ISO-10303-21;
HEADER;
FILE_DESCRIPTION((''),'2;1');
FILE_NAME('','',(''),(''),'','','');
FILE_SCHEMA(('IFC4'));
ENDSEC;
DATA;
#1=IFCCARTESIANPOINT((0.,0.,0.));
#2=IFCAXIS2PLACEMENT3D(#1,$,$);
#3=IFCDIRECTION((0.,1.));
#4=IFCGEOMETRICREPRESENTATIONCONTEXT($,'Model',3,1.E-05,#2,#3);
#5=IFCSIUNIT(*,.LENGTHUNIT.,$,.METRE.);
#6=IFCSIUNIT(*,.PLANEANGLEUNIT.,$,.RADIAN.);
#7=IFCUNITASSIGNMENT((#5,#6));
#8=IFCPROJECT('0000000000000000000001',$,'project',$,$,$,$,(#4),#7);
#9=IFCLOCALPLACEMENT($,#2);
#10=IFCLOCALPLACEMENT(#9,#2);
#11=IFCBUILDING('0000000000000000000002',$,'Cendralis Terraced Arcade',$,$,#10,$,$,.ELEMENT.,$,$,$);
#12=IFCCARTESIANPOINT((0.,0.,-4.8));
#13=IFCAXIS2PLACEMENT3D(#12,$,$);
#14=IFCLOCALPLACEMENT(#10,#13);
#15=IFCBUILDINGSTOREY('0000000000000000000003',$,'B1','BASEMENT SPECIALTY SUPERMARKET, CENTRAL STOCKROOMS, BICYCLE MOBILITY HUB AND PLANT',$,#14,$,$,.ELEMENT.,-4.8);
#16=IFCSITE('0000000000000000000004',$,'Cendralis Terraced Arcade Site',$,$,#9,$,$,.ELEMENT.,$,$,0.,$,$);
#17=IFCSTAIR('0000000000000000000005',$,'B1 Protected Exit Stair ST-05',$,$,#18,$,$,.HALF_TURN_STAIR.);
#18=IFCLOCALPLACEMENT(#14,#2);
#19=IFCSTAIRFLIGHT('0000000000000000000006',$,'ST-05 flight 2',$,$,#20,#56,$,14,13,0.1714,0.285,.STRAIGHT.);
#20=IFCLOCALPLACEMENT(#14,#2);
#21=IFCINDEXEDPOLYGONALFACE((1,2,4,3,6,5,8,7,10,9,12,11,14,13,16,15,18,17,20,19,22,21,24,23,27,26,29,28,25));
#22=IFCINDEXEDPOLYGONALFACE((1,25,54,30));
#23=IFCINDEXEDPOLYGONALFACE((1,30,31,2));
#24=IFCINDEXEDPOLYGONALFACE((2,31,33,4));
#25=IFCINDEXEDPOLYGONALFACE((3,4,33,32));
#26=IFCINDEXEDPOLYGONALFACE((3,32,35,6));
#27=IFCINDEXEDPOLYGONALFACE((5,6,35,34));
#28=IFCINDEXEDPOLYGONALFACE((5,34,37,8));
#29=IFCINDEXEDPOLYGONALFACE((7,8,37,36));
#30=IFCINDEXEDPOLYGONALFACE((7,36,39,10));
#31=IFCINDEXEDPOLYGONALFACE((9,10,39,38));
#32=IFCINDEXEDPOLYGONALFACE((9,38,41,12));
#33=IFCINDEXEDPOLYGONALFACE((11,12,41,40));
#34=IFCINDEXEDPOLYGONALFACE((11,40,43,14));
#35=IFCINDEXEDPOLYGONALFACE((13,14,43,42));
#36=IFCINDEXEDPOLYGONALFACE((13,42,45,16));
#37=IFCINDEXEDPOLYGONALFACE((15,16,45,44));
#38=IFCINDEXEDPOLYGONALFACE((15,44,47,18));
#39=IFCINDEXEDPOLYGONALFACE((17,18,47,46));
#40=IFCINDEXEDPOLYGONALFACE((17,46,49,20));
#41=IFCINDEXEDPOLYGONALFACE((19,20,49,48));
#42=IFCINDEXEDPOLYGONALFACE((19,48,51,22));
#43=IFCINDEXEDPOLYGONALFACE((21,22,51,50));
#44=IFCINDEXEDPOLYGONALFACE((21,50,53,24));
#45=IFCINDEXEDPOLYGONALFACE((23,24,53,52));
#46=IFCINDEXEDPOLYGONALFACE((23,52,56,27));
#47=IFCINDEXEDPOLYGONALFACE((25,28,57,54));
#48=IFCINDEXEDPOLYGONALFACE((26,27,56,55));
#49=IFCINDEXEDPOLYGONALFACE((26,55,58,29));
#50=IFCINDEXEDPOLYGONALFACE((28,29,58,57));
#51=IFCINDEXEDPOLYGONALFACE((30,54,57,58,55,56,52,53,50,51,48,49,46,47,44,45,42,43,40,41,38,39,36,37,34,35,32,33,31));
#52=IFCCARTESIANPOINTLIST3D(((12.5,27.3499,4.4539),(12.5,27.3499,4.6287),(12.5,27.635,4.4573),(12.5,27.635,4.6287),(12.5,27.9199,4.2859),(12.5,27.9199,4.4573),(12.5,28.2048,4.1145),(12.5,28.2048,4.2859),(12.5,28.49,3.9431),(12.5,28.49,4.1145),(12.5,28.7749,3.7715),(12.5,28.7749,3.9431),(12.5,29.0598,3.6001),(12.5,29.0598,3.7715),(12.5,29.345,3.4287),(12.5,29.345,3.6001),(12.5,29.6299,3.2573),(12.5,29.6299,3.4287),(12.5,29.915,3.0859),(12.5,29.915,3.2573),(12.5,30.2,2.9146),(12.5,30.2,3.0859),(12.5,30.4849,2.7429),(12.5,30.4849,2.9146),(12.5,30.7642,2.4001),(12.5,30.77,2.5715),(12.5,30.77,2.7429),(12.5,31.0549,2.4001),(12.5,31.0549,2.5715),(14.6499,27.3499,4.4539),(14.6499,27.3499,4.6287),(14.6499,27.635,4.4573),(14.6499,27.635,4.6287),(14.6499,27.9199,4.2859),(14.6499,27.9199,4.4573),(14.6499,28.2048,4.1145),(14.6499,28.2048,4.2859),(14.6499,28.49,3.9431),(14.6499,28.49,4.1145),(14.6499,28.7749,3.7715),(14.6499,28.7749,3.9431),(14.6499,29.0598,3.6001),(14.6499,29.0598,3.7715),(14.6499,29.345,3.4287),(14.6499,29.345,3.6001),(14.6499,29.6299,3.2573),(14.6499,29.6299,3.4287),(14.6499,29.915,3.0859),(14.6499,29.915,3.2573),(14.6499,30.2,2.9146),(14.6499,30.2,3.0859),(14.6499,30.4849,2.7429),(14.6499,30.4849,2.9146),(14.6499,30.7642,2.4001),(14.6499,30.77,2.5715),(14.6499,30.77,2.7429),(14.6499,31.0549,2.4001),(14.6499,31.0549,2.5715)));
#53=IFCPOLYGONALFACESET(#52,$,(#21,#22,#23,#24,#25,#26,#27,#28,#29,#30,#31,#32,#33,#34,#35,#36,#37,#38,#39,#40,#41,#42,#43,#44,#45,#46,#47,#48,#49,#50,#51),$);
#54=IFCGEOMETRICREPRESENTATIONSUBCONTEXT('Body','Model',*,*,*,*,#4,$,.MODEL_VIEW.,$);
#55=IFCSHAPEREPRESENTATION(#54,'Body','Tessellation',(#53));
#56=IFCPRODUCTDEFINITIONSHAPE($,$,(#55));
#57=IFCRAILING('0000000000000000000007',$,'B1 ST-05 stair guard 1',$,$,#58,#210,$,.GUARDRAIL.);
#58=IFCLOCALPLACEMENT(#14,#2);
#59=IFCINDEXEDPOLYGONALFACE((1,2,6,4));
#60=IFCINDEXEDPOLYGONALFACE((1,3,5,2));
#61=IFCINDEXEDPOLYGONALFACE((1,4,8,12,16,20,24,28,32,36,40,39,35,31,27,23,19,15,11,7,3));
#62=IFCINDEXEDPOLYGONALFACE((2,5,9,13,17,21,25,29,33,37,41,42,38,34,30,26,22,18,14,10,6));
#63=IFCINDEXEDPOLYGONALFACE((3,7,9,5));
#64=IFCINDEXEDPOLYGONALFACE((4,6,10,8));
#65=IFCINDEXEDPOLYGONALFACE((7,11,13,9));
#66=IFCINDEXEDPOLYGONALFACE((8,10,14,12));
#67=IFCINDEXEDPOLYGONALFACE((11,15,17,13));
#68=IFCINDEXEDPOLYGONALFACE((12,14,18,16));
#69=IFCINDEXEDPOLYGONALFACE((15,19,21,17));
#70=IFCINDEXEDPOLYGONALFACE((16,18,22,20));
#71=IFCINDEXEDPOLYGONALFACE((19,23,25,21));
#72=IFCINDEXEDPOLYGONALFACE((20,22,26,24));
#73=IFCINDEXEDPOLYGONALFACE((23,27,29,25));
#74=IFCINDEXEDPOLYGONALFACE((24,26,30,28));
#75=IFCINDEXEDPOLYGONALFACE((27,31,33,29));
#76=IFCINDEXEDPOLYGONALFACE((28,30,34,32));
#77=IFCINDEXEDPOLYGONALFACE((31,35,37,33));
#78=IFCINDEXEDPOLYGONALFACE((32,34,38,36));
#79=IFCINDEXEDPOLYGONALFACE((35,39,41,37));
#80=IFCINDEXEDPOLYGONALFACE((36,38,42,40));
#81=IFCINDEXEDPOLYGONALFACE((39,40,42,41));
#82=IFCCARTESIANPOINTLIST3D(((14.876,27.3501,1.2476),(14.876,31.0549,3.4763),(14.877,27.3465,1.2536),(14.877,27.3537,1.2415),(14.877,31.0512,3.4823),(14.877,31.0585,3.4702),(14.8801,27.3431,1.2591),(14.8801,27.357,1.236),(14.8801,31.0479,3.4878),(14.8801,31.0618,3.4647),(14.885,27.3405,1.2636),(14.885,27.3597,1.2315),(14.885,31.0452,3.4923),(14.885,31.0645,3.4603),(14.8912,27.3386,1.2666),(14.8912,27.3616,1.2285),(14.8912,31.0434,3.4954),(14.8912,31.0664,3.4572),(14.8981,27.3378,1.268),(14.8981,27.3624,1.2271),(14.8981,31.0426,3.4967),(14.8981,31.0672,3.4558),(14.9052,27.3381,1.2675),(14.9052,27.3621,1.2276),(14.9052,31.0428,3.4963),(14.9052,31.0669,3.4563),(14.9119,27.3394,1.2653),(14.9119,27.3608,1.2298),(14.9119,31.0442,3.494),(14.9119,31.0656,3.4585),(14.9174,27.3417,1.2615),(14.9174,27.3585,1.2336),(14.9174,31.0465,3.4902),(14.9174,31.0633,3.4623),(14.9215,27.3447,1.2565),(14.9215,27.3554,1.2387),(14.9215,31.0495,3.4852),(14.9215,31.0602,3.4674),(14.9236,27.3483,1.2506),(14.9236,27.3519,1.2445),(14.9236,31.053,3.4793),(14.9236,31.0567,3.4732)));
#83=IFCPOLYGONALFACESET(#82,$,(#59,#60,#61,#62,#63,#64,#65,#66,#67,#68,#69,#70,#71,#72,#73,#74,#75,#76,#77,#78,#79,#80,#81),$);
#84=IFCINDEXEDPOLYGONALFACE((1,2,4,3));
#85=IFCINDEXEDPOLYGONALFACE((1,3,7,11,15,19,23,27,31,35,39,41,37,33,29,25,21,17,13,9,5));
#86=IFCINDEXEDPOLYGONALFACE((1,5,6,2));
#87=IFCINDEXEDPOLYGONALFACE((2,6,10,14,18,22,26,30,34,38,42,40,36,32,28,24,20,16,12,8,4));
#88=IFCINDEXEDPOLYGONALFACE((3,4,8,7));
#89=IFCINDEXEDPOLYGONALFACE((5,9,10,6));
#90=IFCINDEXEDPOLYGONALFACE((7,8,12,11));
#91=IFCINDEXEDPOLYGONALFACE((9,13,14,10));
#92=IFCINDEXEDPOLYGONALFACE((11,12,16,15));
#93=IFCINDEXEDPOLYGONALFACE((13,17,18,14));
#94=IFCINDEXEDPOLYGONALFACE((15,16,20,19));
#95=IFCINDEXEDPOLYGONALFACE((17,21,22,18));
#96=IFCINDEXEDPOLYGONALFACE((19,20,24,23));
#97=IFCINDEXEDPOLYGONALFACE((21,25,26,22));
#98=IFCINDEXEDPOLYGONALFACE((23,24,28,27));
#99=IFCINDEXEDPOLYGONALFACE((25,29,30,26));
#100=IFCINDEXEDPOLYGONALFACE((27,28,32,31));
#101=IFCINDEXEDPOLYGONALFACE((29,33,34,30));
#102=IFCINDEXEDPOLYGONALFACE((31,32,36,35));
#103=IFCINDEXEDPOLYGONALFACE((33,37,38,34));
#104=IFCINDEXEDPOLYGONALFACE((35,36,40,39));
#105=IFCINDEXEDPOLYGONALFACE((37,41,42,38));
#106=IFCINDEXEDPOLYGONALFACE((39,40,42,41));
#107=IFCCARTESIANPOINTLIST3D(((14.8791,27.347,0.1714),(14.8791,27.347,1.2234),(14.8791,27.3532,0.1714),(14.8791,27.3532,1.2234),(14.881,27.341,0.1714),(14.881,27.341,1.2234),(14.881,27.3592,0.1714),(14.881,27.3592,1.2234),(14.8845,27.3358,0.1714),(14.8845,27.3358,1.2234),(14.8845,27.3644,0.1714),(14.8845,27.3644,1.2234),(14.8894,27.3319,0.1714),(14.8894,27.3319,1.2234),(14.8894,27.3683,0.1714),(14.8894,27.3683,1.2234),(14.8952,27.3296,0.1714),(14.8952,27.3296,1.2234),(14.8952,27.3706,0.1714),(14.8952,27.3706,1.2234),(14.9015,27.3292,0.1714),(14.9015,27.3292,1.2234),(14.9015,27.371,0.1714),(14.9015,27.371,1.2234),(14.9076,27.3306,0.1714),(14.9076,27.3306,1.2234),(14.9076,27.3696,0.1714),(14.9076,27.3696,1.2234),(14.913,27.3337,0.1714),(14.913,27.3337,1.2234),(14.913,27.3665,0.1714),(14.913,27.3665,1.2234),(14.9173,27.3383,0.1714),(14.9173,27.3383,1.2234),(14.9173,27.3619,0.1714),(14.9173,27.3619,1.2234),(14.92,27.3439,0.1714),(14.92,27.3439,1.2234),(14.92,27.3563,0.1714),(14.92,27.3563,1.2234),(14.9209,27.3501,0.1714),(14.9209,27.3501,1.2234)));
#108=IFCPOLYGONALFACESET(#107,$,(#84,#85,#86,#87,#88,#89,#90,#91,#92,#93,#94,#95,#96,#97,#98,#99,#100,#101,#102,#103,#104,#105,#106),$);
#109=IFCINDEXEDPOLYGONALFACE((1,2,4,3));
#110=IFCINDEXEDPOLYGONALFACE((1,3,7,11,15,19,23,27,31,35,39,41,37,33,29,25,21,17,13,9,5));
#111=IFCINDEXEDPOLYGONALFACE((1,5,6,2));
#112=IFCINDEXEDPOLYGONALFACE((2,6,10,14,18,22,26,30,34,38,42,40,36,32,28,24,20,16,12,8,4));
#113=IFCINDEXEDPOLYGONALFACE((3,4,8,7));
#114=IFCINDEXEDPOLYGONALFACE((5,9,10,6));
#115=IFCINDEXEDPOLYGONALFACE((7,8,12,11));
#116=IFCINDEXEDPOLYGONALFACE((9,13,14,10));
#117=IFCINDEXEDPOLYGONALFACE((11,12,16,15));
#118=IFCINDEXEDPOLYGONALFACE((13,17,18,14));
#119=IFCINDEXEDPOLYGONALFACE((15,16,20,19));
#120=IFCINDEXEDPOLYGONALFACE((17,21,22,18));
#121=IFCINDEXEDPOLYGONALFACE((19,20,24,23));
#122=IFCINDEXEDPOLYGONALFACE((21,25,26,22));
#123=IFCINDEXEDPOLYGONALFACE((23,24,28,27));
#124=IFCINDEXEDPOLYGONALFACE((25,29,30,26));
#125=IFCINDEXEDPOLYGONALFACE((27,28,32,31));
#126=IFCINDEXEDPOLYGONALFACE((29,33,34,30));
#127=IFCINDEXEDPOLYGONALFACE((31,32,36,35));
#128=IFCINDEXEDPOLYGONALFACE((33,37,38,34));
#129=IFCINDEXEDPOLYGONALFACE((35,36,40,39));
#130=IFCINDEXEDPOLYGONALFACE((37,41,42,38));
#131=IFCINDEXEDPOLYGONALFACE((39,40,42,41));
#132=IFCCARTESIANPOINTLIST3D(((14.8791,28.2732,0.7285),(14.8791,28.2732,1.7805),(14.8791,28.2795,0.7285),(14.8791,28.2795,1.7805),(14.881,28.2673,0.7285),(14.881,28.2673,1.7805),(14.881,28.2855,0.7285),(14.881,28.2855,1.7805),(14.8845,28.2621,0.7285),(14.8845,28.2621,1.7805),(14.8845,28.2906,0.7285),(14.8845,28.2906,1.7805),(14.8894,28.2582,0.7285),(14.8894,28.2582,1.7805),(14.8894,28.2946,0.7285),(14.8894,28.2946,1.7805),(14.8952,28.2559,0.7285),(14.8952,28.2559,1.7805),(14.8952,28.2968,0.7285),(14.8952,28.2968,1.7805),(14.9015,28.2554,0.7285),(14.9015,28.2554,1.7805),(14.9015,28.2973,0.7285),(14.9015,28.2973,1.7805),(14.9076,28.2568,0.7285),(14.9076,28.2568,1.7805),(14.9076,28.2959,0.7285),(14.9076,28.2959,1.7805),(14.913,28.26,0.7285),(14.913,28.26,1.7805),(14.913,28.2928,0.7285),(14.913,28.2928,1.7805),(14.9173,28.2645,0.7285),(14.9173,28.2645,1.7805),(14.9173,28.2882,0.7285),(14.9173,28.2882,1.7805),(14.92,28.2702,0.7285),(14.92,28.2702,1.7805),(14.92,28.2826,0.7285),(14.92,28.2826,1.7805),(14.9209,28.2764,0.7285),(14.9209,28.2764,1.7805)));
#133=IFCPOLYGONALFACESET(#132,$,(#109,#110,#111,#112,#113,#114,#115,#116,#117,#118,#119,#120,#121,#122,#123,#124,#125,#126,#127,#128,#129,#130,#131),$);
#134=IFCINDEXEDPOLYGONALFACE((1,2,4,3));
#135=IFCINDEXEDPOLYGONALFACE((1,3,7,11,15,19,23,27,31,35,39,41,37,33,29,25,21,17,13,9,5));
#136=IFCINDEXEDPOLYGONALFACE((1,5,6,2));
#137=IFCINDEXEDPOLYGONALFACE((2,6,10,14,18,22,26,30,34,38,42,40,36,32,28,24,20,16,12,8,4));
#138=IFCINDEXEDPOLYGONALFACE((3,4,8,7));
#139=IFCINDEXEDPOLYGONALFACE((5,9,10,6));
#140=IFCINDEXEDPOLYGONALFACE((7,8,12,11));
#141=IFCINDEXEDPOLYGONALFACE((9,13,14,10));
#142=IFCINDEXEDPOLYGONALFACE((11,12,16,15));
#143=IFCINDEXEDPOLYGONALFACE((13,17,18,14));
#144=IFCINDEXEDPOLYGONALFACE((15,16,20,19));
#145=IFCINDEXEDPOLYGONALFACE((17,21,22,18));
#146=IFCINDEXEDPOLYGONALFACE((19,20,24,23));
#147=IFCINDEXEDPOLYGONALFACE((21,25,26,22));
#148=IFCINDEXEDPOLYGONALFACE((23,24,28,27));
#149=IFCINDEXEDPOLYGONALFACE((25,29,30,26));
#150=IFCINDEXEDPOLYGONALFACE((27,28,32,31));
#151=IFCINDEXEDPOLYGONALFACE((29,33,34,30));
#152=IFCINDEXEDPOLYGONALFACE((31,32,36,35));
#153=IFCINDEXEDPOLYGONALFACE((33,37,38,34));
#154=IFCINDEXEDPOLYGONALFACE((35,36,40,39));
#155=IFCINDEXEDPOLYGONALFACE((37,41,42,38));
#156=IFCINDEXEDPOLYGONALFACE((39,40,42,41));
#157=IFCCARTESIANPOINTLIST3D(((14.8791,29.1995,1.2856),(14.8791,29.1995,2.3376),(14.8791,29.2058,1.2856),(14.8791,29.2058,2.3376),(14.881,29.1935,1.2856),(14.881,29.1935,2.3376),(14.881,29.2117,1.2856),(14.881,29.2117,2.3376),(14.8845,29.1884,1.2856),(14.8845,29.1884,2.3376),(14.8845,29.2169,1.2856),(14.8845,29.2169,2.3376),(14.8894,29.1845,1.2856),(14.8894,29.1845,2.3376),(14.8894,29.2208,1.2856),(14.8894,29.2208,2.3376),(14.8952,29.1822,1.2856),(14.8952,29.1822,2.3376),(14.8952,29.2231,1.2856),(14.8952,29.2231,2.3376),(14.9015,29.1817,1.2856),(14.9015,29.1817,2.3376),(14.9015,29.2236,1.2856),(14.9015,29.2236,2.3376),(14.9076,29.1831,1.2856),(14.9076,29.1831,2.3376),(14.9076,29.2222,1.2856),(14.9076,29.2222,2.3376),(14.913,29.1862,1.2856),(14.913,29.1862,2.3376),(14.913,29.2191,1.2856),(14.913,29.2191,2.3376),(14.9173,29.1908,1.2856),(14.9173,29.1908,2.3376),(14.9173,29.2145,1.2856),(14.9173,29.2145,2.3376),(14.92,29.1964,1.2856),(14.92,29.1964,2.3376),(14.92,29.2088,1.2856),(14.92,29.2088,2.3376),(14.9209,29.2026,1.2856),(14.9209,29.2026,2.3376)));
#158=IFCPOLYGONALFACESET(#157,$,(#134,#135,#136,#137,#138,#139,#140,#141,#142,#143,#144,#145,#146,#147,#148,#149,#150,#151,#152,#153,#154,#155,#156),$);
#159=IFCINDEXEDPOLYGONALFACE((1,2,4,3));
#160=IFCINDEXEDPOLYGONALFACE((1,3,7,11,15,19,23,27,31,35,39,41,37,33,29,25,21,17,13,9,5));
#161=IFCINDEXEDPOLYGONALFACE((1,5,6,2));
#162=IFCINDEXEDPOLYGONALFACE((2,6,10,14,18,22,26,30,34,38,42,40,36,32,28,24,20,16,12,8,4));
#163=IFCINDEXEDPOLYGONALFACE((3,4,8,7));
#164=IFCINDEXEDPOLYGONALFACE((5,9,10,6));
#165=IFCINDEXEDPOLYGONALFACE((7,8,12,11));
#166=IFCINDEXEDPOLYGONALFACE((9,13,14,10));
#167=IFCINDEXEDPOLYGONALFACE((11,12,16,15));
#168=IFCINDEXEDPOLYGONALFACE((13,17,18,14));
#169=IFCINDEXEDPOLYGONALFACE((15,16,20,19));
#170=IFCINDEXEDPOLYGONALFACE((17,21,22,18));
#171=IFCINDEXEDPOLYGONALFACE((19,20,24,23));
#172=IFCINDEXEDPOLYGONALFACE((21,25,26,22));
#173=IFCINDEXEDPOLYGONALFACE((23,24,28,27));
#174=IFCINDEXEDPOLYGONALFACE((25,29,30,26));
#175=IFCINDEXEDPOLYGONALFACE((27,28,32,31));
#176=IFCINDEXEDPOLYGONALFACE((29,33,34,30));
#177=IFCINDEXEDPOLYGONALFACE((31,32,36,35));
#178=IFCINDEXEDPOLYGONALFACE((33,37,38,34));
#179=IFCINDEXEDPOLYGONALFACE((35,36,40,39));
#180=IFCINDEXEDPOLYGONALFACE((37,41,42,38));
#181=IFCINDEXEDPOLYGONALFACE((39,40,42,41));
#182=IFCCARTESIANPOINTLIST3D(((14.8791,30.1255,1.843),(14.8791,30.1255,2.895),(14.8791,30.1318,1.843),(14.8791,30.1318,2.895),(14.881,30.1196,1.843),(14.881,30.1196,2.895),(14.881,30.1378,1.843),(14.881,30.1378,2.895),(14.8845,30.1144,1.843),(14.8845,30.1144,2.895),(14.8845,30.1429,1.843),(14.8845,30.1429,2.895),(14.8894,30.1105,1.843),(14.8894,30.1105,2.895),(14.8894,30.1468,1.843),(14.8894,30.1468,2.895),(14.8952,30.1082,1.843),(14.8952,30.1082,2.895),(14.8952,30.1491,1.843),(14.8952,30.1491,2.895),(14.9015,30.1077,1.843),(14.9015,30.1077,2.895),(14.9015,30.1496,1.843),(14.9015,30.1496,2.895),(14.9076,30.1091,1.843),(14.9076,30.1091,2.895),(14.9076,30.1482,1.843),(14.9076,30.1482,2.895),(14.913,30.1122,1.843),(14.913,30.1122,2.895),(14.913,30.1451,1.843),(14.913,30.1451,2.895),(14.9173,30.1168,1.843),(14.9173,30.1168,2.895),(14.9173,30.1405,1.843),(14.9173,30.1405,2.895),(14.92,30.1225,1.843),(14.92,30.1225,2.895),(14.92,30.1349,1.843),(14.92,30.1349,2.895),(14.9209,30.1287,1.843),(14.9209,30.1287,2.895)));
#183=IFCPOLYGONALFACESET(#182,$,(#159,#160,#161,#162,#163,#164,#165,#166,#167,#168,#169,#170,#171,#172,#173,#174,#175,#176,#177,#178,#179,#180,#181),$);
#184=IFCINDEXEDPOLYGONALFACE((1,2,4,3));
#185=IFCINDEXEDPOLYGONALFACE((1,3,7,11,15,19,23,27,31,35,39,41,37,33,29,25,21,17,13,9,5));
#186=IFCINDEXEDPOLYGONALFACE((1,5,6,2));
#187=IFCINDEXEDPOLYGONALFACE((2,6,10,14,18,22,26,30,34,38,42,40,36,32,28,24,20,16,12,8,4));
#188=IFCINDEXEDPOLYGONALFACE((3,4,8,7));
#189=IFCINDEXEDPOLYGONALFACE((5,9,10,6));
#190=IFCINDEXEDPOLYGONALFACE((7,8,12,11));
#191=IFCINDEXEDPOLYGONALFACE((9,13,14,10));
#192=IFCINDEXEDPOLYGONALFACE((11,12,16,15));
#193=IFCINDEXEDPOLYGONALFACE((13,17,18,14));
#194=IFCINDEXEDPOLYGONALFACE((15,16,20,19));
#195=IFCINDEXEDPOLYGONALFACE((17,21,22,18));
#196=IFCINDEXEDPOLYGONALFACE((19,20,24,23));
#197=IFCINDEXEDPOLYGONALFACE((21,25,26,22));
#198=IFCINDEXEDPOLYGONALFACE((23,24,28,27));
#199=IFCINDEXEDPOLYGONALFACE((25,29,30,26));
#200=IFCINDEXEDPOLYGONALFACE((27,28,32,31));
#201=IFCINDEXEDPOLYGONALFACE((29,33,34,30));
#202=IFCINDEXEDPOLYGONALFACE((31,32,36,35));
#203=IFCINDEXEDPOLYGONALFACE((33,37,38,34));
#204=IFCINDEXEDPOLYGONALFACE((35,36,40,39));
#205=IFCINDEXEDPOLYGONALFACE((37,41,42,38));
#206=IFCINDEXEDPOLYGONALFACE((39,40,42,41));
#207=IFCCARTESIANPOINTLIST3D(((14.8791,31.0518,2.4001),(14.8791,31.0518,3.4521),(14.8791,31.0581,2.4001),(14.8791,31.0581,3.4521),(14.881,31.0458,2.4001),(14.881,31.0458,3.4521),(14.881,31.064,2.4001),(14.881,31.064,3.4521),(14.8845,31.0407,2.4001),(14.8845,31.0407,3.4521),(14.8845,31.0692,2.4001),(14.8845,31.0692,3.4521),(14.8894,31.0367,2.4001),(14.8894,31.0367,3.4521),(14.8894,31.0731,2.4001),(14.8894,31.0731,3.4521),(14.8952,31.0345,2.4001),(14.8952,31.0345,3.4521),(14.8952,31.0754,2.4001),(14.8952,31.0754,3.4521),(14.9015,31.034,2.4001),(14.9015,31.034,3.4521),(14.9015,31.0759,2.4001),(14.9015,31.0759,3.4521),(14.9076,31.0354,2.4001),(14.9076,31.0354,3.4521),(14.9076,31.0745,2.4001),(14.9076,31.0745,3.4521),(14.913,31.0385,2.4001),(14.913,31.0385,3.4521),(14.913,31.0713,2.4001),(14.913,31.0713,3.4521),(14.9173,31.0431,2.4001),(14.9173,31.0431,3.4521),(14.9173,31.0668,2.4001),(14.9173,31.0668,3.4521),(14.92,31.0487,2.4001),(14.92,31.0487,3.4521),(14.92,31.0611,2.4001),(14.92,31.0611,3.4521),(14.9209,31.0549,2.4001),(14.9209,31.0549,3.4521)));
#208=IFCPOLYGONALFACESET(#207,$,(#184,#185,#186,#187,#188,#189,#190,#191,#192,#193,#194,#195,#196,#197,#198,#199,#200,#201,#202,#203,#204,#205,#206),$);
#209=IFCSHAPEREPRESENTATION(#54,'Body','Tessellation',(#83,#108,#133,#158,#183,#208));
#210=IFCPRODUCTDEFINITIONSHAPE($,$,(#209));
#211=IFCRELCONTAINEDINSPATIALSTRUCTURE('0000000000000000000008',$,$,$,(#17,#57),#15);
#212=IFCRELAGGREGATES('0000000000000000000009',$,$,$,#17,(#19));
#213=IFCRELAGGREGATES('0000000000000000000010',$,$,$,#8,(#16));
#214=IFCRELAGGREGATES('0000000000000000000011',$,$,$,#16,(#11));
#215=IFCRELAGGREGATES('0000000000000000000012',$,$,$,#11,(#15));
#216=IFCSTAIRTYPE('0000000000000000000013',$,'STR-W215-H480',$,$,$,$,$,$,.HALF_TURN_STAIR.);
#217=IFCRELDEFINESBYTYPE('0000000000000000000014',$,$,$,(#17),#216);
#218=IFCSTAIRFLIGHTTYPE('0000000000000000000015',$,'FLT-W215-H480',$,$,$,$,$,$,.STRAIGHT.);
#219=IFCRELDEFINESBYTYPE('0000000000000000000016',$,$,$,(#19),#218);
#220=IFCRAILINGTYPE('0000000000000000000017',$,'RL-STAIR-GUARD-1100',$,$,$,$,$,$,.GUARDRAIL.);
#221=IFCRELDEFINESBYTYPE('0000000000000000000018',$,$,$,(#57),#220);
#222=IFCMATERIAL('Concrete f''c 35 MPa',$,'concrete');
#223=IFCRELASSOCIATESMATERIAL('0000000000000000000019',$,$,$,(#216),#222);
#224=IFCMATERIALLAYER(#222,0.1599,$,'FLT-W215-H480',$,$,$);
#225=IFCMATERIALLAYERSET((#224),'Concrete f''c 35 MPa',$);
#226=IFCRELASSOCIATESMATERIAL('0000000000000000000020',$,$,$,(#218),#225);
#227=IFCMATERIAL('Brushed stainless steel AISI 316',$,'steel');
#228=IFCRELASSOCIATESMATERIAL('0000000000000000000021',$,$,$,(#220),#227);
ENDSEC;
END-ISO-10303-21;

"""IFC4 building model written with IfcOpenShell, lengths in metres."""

from ifc_helpers import new_model, si_unit, direction, frame, origin, origin_2d, place, context, subcontext, project, spatial, polyline, circle, outline, extrude, material, layer, layer_set, type_object, element, aggregate, save


model = new_model("IFC4")

# Units and contexts
model_context = context("Model", 3, precision=1e-05, world=origin(), true_north=direction((0.0, 1.0)))
body_context = subcontext(model_context, "Body", "Model", "MODEL_VIEW")
ifc_project = project(units=[si_unit("LENGTHUNIT", "METRE"), si_unit("PLANEANGLEUNIT", "RADIAN")], contexts=[model_context])

# Site, building, storey
site_placement = place(None, origin())
site = spatial("IfcSite", under=ifc_project, at=site_placement, Name="Cendralis Terraced Arcade Site", CompositionType="ELEMENT", RefElevation=0.0)
building_placement = place(site_placement, origin())
building = spatial("IfcBuilding", under=site, at=building_placement, Name="Cendralis Terraced Arcade", CompositionType="ELEMENT")
storey_placement = place(building_placement, frame((0.0, 0.0, -4.8)))
storey = spatial("IfcBuildingStorey", under=building, at=storey_placement, Name="B1", Description="BASEMENT SPECIALTY SUPERMARKET, CENTRAL STOCKROOMS, BICYCLE MOBILITY HUB AND PLANT", CompositionType="ELEMENT", Elevation=-4.8)

# Shared definitions
ifc_material_1 = material(Name="Concrete f'c 35 MPa", Category="concrete")

# Shared definitions
stair_type = type_object("IfcStairType", Name="STR-W215-H480", PredefinedType="HALF_TURN_STAIR", material=ifc_material_1)
ifc_layer_1 = layer(ifc_material_1, 0.1599, Name="FLT-W215-H480")
ifc_layer_set_1 = layer_set([ifc_layer_1], Name="Concrete f'c 35 MPa")
stair_flight_type = type_object("IfcStairFlightType", Name="FLT-W215-H480", PredefinedType="STRAIGHT", material=ifc_layer_set_1)

# Stair, stair flight
stair_1_placement = place(storey_placement, origin())
stair_1 = element("IfcStair", 1, at=stair_1_placement, inside=storey, type_object=stair_type, Name="B1 Protected Exit Stair ST-05", PredefinedType="HALF_TURN_STAIR")
stair_flight_1_placement = place(storey_placement, frame((13.575, 31.0549, 2.4001), z_axis=(0.0, 0.0, 1.0), x_axis=(0.0, -1.0, 0.0)))
stair_flight_1 = element("IfcStairFlight", 2, at=stair_flight_1_placement, type_object=stair_flight_type, Name="ST-05 flight 2", NumberOfRisers=14, NumberOfTreads=13, PredefinedType="STRAIGHT", RiserHeight=0.1714, TreadLength=0.285, context=body_context, shape_type="SweptSolid", body=[
    extrude(outline(polyline([(0.0, 0.0), (0.0, 0.1714), (0.2849, 0.1714), (0.2849, 0.3428), (0.5701, 0.3428), (0.5701, 0.5144), (0.855, 0.5144), (0.855, 0.6858), (1.1399, 0.6858), (1.1399, 0.8572), (1.425, 0.8572), (1.425, 1.0286), (1.71, 1.0286), (1.71, 1.2), (1.9951, 1.2), (1.9951, 1.3713), (2.28, 1.3713), (2.28, 1.543), (2.5649, 1.543), (2.5649, 1.7144), (2.8501, 1.7144), (2.8501, 1.8857), (3.135, 1.8857), (3.135, 2.0571), (3.4199, 2.0571), (3.4199, 2.2285), (3.7051, 2.2285), (3.7051, 2.3999), (3.7051, 2.0537), (0.2908, 0.0), (0.0, 0.0)])), frame((0.0, 1.075, 0.0), z_axis=(0.0, -1.0, 0.0), x_axis=(1.0, 0.0, 0.0)), (0.0, 0.0, 1.0), 2.1499),
])
aggregate(stair_1, [stair_flight_1])

# Railing
ifc_material_2 = material(Name="Brushed stainless steel AISI 316", Category="steel")
railing_type_1 = type_object("IfcRailingType", Name="RL-STAIR-GUARD-1100", PredefinedType="GUARDRAIL", material=ifc_material_2)
railing_1_placement = place(storey_placement, frame((14.8999, 27.3501, 0.1714)))
element("IfcRailing", 3, at=railing_1_placement, inside=storey, type_object=railing_type_1, Name="B1 ST-05 stair guard 1", PredefinedType="GUARDRAIL", context=body_context, shape_type="SweptSolid", body=[
    extrude(circle(Radius=0.0239, at=origin_2d()), frame((0.0, 0.0, 1.0762), z_axis=(0.0, 0.856894, 0.515492), x_axis=(-1.0, 0.0, 0.0)), (0.0, 0.0, 1.0), 4.3235),
    extrude(circle(Radius=0.021, at=origin_2d()), origin(), (0.0, 0.0, 1.0), 1.052),
    extrude(circle(Radius=0.021, at=origin_2d()), frame((0.0, 0.9263, 0.5571)), (0.0, 0.0, 1.0), 1.052),
    extrude(circle(Radius=0.021, at=origin_2d()), frame((0.0, 1.8525, 1.1143)), (0.0, 0.0, 1.0), 1.052),
    extrude(circle(Radius=0.021, at=origin_2d()), frame((0.0, 2.7786, 1.6716)), (0.0, 0.0, 1.0), 1.052),
    extrude(circle(Radius=0.021, at=origin_2d()), frame((0.0, 3.7048, 2.2288)), (0.0, 0.0, 1.0), 1.052),
])

save(model, "model.ifc")
